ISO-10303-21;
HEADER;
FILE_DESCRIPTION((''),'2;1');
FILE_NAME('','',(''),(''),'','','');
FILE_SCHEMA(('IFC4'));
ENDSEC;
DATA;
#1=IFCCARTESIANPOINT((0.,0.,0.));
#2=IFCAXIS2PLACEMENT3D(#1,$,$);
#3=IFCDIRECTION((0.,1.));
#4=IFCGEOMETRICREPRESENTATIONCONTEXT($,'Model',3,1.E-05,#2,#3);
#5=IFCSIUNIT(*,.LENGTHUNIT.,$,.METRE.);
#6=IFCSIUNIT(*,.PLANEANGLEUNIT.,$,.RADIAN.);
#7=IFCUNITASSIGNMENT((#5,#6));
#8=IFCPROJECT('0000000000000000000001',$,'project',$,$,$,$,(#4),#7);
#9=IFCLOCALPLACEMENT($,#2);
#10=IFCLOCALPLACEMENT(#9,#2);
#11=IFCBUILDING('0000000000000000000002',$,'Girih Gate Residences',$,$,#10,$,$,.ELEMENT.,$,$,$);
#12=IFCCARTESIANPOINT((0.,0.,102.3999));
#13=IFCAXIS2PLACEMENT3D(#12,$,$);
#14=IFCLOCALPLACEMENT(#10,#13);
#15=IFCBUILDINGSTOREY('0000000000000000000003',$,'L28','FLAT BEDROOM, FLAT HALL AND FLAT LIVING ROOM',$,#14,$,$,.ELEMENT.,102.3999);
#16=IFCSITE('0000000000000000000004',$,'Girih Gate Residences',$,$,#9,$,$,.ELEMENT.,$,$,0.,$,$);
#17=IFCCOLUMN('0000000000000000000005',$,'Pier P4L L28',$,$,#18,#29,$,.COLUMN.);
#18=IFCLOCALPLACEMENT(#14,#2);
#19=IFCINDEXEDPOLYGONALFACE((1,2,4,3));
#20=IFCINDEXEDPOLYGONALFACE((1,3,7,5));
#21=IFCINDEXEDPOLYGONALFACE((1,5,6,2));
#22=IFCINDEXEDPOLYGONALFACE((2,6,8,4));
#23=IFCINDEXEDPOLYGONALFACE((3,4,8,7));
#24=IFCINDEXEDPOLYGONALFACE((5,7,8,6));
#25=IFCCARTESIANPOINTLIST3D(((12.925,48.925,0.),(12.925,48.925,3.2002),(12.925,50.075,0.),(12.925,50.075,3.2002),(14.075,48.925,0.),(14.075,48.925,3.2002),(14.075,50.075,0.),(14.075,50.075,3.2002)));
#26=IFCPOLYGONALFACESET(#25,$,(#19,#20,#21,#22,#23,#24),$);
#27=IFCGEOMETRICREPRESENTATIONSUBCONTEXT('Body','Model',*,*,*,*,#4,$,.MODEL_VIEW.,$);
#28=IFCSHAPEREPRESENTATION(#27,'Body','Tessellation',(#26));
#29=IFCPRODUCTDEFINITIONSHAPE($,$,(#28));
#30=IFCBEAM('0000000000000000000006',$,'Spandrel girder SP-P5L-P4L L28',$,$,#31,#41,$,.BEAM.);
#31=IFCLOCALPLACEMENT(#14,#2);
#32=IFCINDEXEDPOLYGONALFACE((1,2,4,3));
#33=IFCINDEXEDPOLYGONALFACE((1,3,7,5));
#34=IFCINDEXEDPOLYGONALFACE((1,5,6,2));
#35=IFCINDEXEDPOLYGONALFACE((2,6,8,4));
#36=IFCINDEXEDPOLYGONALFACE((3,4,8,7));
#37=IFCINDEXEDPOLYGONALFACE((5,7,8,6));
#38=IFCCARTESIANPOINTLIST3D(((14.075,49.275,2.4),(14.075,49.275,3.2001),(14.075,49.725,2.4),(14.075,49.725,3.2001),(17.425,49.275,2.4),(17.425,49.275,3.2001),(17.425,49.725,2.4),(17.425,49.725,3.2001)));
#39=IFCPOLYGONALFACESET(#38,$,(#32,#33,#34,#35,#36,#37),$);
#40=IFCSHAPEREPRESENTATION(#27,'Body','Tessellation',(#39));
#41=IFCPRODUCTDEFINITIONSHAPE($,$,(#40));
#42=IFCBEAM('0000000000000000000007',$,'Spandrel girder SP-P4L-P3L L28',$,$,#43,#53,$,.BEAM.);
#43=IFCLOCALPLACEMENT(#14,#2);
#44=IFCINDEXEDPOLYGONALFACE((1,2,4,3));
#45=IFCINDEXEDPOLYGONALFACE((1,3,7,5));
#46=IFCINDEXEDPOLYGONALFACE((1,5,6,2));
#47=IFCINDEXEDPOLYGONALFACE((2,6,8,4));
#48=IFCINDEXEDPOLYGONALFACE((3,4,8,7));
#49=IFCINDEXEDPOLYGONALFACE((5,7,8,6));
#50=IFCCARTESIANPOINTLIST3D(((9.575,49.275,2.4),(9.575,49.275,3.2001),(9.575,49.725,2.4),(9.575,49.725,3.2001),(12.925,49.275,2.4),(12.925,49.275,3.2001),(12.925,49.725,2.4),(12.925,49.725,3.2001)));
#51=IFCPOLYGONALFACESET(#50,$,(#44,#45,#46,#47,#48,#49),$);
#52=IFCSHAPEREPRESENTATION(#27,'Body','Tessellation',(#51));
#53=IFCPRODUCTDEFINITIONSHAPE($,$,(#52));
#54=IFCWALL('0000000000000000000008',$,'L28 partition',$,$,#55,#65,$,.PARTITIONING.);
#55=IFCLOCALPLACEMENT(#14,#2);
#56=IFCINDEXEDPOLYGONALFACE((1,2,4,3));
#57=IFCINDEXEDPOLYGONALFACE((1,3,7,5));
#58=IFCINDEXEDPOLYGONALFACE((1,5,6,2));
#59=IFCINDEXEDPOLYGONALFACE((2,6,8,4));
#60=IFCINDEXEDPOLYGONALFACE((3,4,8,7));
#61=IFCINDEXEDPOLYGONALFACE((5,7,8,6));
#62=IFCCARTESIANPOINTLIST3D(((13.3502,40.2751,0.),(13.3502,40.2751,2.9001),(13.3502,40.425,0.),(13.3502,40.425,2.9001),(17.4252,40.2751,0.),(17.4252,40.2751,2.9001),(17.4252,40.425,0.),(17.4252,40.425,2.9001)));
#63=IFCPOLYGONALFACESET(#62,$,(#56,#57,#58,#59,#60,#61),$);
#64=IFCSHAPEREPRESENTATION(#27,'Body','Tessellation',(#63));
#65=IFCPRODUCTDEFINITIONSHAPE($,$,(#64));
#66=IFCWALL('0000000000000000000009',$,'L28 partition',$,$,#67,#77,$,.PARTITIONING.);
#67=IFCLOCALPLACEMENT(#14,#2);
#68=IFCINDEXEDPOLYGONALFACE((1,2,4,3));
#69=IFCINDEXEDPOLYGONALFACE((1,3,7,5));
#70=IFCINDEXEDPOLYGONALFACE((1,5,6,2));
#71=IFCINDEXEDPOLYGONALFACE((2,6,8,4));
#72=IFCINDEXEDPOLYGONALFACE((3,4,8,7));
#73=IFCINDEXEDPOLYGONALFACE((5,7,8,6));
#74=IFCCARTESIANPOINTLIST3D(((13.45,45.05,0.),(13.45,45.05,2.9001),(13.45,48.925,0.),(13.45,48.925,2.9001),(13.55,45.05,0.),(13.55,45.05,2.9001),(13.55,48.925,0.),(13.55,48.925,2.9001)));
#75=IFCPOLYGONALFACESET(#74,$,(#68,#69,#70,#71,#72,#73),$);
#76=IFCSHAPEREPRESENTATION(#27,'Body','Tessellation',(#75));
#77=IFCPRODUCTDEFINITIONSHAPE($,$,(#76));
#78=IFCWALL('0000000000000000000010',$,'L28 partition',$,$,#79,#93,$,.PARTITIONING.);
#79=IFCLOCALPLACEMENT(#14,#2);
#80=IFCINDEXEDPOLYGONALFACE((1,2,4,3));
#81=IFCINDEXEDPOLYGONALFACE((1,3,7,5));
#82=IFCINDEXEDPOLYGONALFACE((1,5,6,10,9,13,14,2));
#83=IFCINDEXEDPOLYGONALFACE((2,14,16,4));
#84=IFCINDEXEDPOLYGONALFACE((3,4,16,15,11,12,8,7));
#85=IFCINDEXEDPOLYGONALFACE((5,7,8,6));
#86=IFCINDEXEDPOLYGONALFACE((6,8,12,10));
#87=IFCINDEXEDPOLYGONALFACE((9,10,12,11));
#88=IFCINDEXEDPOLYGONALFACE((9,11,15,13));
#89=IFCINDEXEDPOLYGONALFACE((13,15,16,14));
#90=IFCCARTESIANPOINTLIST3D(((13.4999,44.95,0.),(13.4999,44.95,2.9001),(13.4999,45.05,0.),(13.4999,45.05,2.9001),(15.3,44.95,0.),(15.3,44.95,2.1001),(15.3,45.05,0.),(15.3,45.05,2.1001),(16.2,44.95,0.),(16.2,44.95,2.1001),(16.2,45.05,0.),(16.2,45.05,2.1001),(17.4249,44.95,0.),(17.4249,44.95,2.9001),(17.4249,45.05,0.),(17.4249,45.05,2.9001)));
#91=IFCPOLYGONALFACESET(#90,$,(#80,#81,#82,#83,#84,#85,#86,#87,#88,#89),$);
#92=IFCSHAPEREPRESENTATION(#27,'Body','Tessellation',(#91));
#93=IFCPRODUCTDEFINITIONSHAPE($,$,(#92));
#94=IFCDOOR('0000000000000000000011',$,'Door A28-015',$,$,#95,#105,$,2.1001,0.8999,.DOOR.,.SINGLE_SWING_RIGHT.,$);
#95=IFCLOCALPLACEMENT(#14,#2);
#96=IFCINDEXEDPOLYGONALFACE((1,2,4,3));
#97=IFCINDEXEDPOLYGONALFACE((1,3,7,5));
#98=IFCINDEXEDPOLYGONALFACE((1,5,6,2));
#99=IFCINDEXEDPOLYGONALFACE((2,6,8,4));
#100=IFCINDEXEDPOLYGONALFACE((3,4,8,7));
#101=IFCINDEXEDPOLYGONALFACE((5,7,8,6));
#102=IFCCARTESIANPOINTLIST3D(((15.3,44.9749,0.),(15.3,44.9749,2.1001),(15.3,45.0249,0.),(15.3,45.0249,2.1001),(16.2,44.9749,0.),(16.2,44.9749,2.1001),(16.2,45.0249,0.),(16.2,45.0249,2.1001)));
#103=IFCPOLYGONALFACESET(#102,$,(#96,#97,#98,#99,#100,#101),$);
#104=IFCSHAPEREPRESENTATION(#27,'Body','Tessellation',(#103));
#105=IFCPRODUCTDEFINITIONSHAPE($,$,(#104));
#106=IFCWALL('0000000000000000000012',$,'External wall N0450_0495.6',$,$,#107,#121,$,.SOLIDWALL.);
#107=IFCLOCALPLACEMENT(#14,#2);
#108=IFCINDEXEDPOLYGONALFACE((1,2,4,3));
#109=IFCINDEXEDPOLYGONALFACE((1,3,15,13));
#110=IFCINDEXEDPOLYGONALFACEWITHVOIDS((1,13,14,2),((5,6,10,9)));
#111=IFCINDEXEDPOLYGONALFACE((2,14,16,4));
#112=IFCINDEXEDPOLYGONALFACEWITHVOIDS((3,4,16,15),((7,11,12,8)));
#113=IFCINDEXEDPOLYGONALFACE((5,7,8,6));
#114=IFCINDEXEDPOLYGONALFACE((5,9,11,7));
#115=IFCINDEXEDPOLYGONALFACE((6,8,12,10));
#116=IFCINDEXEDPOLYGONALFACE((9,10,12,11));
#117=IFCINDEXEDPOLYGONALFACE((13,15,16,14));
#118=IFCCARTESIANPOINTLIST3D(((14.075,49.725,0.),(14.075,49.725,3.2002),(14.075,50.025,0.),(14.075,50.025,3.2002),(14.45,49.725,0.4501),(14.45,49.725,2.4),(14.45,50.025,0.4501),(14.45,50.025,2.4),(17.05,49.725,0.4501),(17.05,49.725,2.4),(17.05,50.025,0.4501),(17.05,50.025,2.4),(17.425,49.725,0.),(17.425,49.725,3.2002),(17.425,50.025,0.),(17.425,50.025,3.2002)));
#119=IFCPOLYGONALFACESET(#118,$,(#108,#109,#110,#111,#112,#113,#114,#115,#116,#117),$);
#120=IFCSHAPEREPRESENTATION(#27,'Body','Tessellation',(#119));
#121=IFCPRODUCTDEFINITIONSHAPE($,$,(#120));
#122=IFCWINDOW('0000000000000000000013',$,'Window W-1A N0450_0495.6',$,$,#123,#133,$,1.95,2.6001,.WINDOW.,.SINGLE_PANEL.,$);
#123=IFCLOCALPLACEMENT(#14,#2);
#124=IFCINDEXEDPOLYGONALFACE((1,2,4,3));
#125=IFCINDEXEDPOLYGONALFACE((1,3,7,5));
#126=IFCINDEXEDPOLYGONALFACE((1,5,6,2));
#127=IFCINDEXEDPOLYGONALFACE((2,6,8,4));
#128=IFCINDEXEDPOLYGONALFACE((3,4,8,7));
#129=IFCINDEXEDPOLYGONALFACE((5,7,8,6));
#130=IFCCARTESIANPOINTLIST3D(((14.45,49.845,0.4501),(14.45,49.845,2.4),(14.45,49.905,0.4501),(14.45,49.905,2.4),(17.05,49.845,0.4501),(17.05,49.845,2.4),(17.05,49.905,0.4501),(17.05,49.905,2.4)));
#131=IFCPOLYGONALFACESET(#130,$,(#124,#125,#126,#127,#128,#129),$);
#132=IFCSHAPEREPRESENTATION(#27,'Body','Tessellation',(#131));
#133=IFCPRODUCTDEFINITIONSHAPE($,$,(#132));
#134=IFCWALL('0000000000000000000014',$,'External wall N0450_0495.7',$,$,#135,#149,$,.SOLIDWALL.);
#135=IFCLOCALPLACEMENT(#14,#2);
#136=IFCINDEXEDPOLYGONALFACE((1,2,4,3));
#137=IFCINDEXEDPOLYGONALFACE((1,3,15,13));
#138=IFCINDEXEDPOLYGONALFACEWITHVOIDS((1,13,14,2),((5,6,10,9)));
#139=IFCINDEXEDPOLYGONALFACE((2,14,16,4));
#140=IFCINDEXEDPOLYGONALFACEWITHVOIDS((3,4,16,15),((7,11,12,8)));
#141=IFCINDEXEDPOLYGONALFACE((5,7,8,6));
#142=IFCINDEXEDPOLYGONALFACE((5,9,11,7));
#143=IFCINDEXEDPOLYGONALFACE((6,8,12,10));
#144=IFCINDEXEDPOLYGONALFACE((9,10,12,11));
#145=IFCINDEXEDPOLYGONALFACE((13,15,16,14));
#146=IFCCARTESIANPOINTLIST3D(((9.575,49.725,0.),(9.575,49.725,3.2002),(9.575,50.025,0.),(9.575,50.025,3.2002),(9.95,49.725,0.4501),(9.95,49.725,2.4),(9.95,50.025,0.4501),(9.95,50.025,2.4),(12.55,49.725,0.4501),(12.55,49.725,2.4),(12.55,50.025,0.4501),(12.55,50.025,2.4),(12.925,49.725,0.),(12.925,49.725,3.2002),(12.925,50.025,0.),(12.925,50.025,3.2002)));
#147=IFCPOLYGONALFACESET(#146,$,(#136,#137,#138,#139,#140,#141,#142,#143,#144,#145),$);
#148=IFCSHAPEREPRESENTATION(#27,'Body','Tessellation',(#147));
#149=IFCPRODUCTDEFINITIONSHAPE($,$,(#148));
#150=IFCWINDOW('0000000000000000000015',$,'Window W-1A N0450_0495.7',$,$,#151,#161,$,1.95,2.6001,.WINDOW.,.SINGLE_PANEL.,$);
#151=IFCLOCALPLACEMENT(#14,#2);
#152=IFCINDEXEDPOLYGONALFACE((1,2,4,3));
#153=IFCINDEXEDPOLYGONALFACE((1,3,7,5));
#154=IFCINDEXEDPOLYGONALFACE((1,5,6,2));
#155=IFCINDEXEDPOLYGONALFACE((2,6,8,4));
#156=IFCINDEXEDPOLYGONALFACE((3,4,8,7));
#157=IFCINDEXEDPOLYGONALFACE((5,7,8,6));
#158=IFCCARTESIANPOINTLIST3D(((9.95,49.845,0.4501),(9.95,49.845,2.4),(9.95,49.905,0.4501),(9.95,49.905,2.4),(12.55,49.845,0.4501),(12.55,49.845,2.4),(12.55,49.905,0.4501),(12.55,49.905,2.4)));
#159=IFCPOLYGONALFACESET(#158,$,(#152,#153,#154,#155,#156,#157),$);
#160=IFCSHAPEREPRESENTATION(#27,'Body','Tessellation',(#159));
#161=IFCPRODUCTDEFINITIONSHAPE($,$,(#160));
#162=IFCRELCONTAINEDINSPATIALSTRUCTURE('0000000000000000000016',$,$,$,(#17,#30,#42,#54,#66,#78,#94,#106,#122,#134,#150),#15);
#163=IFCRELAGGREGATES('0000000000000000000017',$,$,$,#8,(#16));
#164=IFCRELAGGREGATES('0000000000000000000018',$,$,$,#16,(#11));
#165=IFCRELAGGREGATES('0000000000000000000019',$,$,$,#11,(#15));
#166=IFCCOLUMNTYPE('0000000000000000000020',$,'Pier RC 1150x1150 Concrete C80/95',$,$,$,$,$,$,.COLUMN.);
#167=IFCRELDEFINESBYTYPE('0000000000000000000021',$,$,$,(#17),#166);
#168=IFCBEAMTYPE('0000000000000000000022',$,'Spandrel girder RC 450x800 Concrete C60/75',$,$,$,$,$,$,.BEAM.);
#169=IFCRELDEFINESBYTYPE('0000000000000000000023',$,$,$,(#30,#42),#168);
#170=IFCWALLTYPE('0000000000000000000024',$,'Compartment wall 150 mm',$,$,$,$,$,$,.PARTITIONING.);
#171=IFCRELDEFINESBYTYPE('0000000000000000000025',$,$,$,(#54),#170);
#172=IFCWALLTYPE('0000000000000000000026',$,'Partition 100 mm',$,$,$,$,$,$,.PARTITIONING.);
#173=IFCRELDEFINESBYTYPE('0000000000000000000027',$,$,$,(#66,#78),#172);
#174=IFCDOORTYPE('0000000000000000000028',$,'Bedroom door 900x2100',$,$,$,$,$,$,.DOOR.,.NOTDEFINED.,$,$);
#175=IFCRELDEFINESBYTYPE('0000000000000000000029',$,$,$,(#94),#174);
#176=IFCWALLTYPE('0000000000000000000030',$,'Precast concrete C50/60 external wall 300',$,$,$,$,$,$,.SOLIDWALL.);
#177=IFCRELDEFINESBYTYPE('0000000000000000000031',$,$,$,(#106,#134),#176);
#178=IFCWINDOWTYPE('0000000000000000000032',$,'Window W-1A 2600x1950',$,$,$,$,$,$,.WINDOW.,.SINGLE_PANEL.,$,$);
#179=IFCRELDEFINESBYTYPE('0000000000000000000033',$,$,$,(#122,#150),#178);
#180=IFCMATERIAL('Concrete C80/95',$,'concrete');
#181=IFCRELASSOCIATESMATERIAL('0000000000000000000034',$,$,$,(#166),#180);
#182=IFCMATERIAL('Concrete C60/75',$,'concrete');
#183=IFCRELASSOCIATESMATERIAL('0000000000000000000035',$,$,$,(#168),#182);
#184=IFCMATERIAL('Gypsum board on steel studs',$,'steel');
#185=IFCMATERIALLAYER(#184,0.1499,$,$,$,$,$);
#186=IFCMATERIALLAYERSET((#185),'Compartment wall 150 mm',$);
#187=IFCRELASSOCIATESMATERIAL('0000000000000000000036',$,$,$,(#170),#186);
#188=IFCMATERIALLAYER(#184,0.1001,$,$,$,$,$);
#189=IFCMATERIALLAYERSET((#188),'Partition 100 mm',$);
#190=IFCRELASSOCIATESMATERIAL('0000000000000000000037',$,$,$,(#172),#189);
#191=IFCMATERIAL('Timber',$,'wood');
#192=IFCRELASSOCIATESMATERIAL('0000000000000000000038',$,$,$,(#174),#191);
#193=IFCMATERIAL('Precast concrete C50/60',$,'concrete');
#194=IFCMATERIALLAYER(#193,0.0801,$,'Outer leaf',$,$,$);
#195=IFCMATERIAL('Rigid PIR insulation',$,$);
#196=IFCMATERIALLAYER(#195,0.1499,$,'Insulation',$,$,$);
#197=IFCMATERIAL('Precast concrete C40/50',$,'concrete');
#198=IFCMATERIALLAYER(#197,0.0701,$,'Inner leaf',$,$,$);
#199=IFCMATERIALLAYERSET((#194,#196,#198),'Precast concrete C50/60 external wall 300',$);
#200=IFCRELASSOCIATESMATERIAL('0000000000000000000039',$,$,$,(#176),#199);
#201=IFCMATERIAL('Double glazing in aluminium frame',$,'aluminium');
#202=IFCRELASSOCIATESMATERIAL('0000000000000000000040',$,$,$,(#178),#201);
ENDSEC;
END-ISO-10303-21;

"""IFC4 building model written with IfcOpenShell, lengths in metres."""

from ifc_helpers import new_model, si_unit, direction, frame, frame_2d, origin, origin_2d, place, context, subcontext, project, spatial, rectangle, extrude, material, layer, layer_set, material_profile, profile_set, type_object, element, fill, save


model = new_model("IFC4")

# Units and contexts
model_context = context("Model", 3, precision=1e-05, world=origin(), true_north=direction((0.0, 1.0)))
body_context = subcontext(model_context, "Body", "Model", "MODEL_VIEW")
ifc_project = project(units=[si_unit("LENGTHUNIT", "METRE"), si_unit("PLANEANGLEUNIT", "RADIAN")], contexts=[model_context])

# Site, building, storey
site_placement = place(None, origin())
site = spatial("IfcSite", under=ifc_project, at=site_placement, Name="Girih Gate Residences", CompositionType="ELEMENT", RefElevation=0.0)
building_placement = place(site_placement, origin())
building = spatial("IfcBuilding", under=site, at=building_placement, Name="Girih Gate Residences", CompositionType="ELEMENT")
storey_placement = place(building_placement, frame((0.0, 0.0, 102.3999)))
storey = spatial("IfcBuildingStorey", under=building, at=storey_placement, Name="L28", Description="FLAT BEDROOM, FLAT HALL AND FLAT LIVING ROOM", CompositionType="ELEMENT", Elevation=102.3999)

# Column
ifc_material_1 = material(Name="Concrete C80/95", Category="concrete")
ifc_material_profile_1 = material_profile(ifc_material_1, rectangle(XDim=1.1499, YDim=1.1499, at=origin_2d()))
ifc_profile_set_1 = profile_set([ifc_material_profile_1], Name="Concrete C80/95")
column_type = type_object("IfcColumnType", Name="Pier RC 1150x1150 Concrete C80/95", PredefinedType="COLUMN", material=ifc_profile_set_1)
column_placement = place(storey_placement, frame((13.5, 49.5, 0.0), z_axis=(0.0, 0.0, 1.0), x_axis=(1.0, 0.0, 0.0)))
element("IfcColumn", 1, at=column_placement, inside=storey, type_object=column_type, Name="Pier P4L L28", PredefinedType="COLUMN", context=body_context, shape_type="SweptSolid", body=[
    extrude(rectangle(XDim=1.1499, YDim=1.1499, at=origin_2d()), origin(), (0.0, 0.0, 1.0), 3.2002),
])

# Beams
ifc_material_2 = material(Name="Concrete C60/75", Category="concrete")
ifc_material_profile_2 = material_profile(ifc_material_2, rectangle(XDim=0.45, YDim=0.8, at=origin_2d()))
ifc_profile_set_2 = profile_set([ifc_material_profile_2], Name="Concrete C60/75")
beam_type = type_object("IfcBeamType", Name="Spandrel girder RC 450x800 Concrete C60/75", PredefinedType="BEAM", material=ifc_profile_set_2)
for number, where, z_axis, x_axis, name in (
    (2, (17.425, 49.5, 2.8), (-1.0, 0.0, 0.0), (0.0, -1.0, 0.0), "Spandrel girder SP-P5L-P4L L28"),
    (3, (12.925, 49.5, 2.8), (-1.0, 0.0, 0.0), (0.0, -1.0, 0.0), "Spandrel girder SP-P4L-P3L L28"),
):
    element("IfcBeam", number, at=place(storey_placement, frame(where, z_axis=z_axis, x_axis=x_axis)), inside=storey, type_object=beam_type, Name=name, PredefinedType="BEAM", context=body_context, shape_type="SweptSolid", body=[
        extrude(rectangle(XDim=0.45, YDim=0.8, at=origin_2d()), origin(), (0.0, 0.0, 1.0), 3.3501),
    ])

# Walls
ifc_material_3 = material(Name="Gypsum board on steel studs", Category="steel")
ifc_layer_1 = layer(ifc_material_3, 0.1499)
ifc_layer_set_1 = layer_set([ifc_layer_1], Name="Compartment wall 150 mm")
wall_type_1 = type_object("IfcWallType", Name="Compartment wall 150 mm", PredefinedType="PARTITIONING", material=ifc_layer_set_1)
wall_1_placement = place(storey_placement, frame((13.3501, 40.3501, 0.0), z_axis=(0.0, 0.0, 1.0), x_axis=(1.0, 0.0, 0.0)))
element("IfcWall", 4, at=wall_1_placement, inside=storey, type_object=wall_type_1, Name="L28 partition", PredefinedType="PARTITIONING", context=body_context, shape_type="SweptSolid", body=[
    extrude(rectangle(XDim=4.075, YDim=0.1499, at=frame_2d((2.0376, 0.0))), origin(), (0.0, 0.0, 1.0), 2.9001),
])
ifc_layer_2 = layer(ifc_material_3, 0.1001)
ifc_layer_set_2 = layer_set([ifc_layer_2], Name="Partition 100 mm")
wall_type_2 = type_object("IfcWallType", Name="Partition 100 mm", PredefinedType="PARTITIONING", material=ifc_layer_set_2)
wall_2_placement = place(storey_placement, frame((13.5, 45.05, 0.0), z_axis=(0.0, 0.0, 1.0), x_axis=(0.0, 1.0, 0.0)))
element("IfcWall", 5, at=wall_2_placement, inside=storey, type_object=wall_type_2, Name="L28 partition", PredefinedType="PARTITIONING", context=body_context, shape_type="SweptSolid", body=[
    extrude(rectangle(XDim=3.875, YDim=0.1001, at=frame_2d((1.9375, 0.0))), origin(), (0.0, 0.0, 1.0), 2.9001),
])

# Wall, opening, door
wall_3_placement = place(storey_placement, frame((13.5, 45.0, 0.0), z_axis=(0.0, 0.0, 1.0), x_axis=(1.0, 0.0, 0.0)))
wall_3 = element("IfcWall", 6, at=wall_3_placement, inside=storey, type_object=wall_type_2, Name="L28 partition", PredefinedType="PARTITIONING", context=body_context, shape_type="SweptSolid", body=[
    extrude(rectangle(XDim=3.925, YDim=0.1001, at=frame_2d((1.9624, 0.0))), origin(), (0.0, 0.0, 1.0), 2.9001),
])
opening_1_placement = place(wall_3_placement, frame((1.8, 0.0, 0.0)))
opening_1 = element("IfcOpeningElement", 7, at=opening_1_placement, cuts=wall_3, PredefinedType="OPENING", context=body_context, shape_type="SweptSolid", body=[
    extrude(rectangle(XDim=0.8999, YDim=2.1001, at=frame_2d((0.45, 1.05))), frame((0.0, 0.0601, 0.0), z_axis=(0.0, -1.0, 0.0), x_axis=(1.0, 0.0, 0.0)), (0.0, 0.0, 1.0), 0.1201),
])
ifc_material_4 = material(Name="Timber", Category="wood")
door_type_1 = type_object("IfcDoorType", Name="Bedroom door 900x2100", OperationType="NOTDEFINED", PredefinedType="DOOR", material=ifc_material_4)
door_1_placement = place(opening_1_placement, origin())
door_1 = element("IfcDoor", 8, at=door_1_placement, inside=storey, type_object=door_type_1, Name="Door A28-015", OperationType="SINGLE_SWING_RIGHT", OverallHeight=2.1001, OverallWidth=0.8999, PredefinedType="DOOR", context=body_context, shape_type="SweptSolid", body=[
    extrude(rectangle(XDim=0.8999, YDim=2.1001, at=frame_2d((0.45, 1.05))), frame((0.0, 0.0249, 0.0), z_axis=(0.0, -1.0, 0.0), x_axis=(1.0, 0.0, 0.0)), (0.0, 0.0, 1.0), 0.05),
])
fill(opening_1, door_1)

# Walls, openings, windows
ifc_material_5 = material(Name="Precast concrete C50/60", Category="concrete")
ifc_layer_3 = layer(ifc_material_5, 0.0801, Name="Outer leaf")
ifc_material_6 = material(Name="Rigid PIR insulation")
ifc_layer_4 = layer(ifc_material_6, 0.1499, Name="Insulation")
ifc_material_7 = material(Name="Precast concrete C40/50", Category="concrete")
ifc_layer_5 = layer(ifc_material_7, 0.0701, Name="Inner leaf")
ifc_layer_set_3 = layer_set([ifc_layer_3, ifc_layer_4, ifc_layer_5], Name="Precast concrete C50/60 external wall 300")
wall_type_3 = type_object("IfcWallType", Name="Precast concrete C50/60 external wall 300", PredefinedType="SOLIDWALL", material=ifc_layer_set_3)
wall_4_placement = place(storey_placement, frame((14.075, 49.875, 0.0), z_axis=(0.0, 0.0, 1.0), x_axis=(1.0, 0.0, 0.0)))
wall_4 = element("IfcWall", 9, at=wall_4_placement, inside=storey, type_object=wall_type_3, Name="External wall N0450_0495.6", PredefinedType="SOLIDWALL", context=body_context, shape_type="SweptSolid", body=[
    extrude(rectangle(XDim=3.3501, YDim=0.3, at=frame_2d((1.675, 0.0))), origin(), (0.0, 0.0, 1.0), 3.2002),
])
opening_2_placement = place(wall_4_placement, frame((0.375, 0.0, 0.45)))
opening_2 = element("IfcOpeningElement", 10, at=opening_2_placement, cuts=wall_4, PredefinedType="OPENING", context=body_context, shape_type="SweptSolid", body=[
    extrude(rectangle(XDim=2.6001, YDim=1.95, at=frame_2d((1.3, 0.9751))), frame((0.0, 0.1599, 0.0), z_axis=(0.0, -1.0, 0.0), x_axis=(1.0, 0.0, 0.0)), (0.0, 0.0, 1.0), 0.3201),
])
ifc_material_8 = material(Name="Double glazing in aluminium frame", Category="aluminium")
window_type = type_object("IfcWindowType", Name="Window W-1A 2600x1950", PartitioningType="SINGLE_PANEL", PredefinedType="WINDOW", material=ifc_material_8)
window_1_placement = place(opening_2_placement, origin())
window_1 = element("IfcWindow", 11, at=window_1_placement, inside=storey, type_object=window_type, Name="Window W-1A N0450_0495.6", OverallHeight=1.95, OverallWidth=2.6001, PartitioningType="SINGLE_PANEL", PredefinedType="WINDOW", context=body_context, shape_type="SweptSolid", body=[
    extrude(rectangle(XDim=2.6001, YDim=1.95, at=frame_2d((1.3, 0.9751))), frame((0.0, 0.03, 0.0), z_axis=(0.0, -1.0, 0.0), x_axis=(1.0, 0.0, 0.0)), (0.0, 0.0, 1.0), 0.0601),
])
fill(opening_2, window_1)
wall_5_placement = place(storey_placement, frame((9.575, 49.875, 0.0), z_axis=(0.0, 0.0, 1.0), x_axis=(1.0, 0.0, 0.0)))
wall_5 = element("IfcWall", 12, at=wall_5_placement, inside=storey, type_object=wall_type_3, Name="External wall N0450_0495.7", PredefinedType="SOLIDWALL", context=body_context, shape_type="SweptSolid", body=[
    extrude(rectangle(XDim=3.3501, YDim=0.3, at=frame_2d((1.675, 0.0))), origin(), (0.0, 0.0, 1.0), 3.2002),
])
opening_3_placement = place(wall_5_placement, frame((0.375, 0.0, 0.45)))
opening_3 = element("IfcOpeningElement", 13, at=opening_3_placement, cuts=wall_5, PredefinedType="OPENING", context=body_context, shape_type="SweptSolid", body=[
    extrude(rectangle(XDim=2.6001, YDim=1.95, at=frame_2d((1.3, 0.9751))), frame((0.0, 0.1599, 0.0), z_axis=(0.0, -1.0, 0.0), x_axis=(1.0, 0.0, 0.0)), (0.0, 0.0, 1.0), 0.3201),
])
window_2_placement = place(opening_3_placement, origin())
window_2 = element("IfcWindow", 14, at=window_2_placement, inside=storey, type_object=window_type, Name="Window W-1A N0450_0495.7", OverallHeight=1.95, OverallWidth=2.6001, PartitioningType="SINGLE_PANEL", PredefinedType="WINDOW", context=body_context, shape_type="SweptSolid", body=[
    extrude(rectangle(XDim=2.6001, YDim=1.95, at=frame_2d((1.3, 0.9751))), frame((0.0, 0.03, 0.0), z_axis=(0.0, -1.0, 0.0), x_axis=(1.0, 0.0, 0.0)), (0.0, 0.0, 1.0), 0.0601),
])
fill(opening_3, window_2)

save(model, "model.ifc")
